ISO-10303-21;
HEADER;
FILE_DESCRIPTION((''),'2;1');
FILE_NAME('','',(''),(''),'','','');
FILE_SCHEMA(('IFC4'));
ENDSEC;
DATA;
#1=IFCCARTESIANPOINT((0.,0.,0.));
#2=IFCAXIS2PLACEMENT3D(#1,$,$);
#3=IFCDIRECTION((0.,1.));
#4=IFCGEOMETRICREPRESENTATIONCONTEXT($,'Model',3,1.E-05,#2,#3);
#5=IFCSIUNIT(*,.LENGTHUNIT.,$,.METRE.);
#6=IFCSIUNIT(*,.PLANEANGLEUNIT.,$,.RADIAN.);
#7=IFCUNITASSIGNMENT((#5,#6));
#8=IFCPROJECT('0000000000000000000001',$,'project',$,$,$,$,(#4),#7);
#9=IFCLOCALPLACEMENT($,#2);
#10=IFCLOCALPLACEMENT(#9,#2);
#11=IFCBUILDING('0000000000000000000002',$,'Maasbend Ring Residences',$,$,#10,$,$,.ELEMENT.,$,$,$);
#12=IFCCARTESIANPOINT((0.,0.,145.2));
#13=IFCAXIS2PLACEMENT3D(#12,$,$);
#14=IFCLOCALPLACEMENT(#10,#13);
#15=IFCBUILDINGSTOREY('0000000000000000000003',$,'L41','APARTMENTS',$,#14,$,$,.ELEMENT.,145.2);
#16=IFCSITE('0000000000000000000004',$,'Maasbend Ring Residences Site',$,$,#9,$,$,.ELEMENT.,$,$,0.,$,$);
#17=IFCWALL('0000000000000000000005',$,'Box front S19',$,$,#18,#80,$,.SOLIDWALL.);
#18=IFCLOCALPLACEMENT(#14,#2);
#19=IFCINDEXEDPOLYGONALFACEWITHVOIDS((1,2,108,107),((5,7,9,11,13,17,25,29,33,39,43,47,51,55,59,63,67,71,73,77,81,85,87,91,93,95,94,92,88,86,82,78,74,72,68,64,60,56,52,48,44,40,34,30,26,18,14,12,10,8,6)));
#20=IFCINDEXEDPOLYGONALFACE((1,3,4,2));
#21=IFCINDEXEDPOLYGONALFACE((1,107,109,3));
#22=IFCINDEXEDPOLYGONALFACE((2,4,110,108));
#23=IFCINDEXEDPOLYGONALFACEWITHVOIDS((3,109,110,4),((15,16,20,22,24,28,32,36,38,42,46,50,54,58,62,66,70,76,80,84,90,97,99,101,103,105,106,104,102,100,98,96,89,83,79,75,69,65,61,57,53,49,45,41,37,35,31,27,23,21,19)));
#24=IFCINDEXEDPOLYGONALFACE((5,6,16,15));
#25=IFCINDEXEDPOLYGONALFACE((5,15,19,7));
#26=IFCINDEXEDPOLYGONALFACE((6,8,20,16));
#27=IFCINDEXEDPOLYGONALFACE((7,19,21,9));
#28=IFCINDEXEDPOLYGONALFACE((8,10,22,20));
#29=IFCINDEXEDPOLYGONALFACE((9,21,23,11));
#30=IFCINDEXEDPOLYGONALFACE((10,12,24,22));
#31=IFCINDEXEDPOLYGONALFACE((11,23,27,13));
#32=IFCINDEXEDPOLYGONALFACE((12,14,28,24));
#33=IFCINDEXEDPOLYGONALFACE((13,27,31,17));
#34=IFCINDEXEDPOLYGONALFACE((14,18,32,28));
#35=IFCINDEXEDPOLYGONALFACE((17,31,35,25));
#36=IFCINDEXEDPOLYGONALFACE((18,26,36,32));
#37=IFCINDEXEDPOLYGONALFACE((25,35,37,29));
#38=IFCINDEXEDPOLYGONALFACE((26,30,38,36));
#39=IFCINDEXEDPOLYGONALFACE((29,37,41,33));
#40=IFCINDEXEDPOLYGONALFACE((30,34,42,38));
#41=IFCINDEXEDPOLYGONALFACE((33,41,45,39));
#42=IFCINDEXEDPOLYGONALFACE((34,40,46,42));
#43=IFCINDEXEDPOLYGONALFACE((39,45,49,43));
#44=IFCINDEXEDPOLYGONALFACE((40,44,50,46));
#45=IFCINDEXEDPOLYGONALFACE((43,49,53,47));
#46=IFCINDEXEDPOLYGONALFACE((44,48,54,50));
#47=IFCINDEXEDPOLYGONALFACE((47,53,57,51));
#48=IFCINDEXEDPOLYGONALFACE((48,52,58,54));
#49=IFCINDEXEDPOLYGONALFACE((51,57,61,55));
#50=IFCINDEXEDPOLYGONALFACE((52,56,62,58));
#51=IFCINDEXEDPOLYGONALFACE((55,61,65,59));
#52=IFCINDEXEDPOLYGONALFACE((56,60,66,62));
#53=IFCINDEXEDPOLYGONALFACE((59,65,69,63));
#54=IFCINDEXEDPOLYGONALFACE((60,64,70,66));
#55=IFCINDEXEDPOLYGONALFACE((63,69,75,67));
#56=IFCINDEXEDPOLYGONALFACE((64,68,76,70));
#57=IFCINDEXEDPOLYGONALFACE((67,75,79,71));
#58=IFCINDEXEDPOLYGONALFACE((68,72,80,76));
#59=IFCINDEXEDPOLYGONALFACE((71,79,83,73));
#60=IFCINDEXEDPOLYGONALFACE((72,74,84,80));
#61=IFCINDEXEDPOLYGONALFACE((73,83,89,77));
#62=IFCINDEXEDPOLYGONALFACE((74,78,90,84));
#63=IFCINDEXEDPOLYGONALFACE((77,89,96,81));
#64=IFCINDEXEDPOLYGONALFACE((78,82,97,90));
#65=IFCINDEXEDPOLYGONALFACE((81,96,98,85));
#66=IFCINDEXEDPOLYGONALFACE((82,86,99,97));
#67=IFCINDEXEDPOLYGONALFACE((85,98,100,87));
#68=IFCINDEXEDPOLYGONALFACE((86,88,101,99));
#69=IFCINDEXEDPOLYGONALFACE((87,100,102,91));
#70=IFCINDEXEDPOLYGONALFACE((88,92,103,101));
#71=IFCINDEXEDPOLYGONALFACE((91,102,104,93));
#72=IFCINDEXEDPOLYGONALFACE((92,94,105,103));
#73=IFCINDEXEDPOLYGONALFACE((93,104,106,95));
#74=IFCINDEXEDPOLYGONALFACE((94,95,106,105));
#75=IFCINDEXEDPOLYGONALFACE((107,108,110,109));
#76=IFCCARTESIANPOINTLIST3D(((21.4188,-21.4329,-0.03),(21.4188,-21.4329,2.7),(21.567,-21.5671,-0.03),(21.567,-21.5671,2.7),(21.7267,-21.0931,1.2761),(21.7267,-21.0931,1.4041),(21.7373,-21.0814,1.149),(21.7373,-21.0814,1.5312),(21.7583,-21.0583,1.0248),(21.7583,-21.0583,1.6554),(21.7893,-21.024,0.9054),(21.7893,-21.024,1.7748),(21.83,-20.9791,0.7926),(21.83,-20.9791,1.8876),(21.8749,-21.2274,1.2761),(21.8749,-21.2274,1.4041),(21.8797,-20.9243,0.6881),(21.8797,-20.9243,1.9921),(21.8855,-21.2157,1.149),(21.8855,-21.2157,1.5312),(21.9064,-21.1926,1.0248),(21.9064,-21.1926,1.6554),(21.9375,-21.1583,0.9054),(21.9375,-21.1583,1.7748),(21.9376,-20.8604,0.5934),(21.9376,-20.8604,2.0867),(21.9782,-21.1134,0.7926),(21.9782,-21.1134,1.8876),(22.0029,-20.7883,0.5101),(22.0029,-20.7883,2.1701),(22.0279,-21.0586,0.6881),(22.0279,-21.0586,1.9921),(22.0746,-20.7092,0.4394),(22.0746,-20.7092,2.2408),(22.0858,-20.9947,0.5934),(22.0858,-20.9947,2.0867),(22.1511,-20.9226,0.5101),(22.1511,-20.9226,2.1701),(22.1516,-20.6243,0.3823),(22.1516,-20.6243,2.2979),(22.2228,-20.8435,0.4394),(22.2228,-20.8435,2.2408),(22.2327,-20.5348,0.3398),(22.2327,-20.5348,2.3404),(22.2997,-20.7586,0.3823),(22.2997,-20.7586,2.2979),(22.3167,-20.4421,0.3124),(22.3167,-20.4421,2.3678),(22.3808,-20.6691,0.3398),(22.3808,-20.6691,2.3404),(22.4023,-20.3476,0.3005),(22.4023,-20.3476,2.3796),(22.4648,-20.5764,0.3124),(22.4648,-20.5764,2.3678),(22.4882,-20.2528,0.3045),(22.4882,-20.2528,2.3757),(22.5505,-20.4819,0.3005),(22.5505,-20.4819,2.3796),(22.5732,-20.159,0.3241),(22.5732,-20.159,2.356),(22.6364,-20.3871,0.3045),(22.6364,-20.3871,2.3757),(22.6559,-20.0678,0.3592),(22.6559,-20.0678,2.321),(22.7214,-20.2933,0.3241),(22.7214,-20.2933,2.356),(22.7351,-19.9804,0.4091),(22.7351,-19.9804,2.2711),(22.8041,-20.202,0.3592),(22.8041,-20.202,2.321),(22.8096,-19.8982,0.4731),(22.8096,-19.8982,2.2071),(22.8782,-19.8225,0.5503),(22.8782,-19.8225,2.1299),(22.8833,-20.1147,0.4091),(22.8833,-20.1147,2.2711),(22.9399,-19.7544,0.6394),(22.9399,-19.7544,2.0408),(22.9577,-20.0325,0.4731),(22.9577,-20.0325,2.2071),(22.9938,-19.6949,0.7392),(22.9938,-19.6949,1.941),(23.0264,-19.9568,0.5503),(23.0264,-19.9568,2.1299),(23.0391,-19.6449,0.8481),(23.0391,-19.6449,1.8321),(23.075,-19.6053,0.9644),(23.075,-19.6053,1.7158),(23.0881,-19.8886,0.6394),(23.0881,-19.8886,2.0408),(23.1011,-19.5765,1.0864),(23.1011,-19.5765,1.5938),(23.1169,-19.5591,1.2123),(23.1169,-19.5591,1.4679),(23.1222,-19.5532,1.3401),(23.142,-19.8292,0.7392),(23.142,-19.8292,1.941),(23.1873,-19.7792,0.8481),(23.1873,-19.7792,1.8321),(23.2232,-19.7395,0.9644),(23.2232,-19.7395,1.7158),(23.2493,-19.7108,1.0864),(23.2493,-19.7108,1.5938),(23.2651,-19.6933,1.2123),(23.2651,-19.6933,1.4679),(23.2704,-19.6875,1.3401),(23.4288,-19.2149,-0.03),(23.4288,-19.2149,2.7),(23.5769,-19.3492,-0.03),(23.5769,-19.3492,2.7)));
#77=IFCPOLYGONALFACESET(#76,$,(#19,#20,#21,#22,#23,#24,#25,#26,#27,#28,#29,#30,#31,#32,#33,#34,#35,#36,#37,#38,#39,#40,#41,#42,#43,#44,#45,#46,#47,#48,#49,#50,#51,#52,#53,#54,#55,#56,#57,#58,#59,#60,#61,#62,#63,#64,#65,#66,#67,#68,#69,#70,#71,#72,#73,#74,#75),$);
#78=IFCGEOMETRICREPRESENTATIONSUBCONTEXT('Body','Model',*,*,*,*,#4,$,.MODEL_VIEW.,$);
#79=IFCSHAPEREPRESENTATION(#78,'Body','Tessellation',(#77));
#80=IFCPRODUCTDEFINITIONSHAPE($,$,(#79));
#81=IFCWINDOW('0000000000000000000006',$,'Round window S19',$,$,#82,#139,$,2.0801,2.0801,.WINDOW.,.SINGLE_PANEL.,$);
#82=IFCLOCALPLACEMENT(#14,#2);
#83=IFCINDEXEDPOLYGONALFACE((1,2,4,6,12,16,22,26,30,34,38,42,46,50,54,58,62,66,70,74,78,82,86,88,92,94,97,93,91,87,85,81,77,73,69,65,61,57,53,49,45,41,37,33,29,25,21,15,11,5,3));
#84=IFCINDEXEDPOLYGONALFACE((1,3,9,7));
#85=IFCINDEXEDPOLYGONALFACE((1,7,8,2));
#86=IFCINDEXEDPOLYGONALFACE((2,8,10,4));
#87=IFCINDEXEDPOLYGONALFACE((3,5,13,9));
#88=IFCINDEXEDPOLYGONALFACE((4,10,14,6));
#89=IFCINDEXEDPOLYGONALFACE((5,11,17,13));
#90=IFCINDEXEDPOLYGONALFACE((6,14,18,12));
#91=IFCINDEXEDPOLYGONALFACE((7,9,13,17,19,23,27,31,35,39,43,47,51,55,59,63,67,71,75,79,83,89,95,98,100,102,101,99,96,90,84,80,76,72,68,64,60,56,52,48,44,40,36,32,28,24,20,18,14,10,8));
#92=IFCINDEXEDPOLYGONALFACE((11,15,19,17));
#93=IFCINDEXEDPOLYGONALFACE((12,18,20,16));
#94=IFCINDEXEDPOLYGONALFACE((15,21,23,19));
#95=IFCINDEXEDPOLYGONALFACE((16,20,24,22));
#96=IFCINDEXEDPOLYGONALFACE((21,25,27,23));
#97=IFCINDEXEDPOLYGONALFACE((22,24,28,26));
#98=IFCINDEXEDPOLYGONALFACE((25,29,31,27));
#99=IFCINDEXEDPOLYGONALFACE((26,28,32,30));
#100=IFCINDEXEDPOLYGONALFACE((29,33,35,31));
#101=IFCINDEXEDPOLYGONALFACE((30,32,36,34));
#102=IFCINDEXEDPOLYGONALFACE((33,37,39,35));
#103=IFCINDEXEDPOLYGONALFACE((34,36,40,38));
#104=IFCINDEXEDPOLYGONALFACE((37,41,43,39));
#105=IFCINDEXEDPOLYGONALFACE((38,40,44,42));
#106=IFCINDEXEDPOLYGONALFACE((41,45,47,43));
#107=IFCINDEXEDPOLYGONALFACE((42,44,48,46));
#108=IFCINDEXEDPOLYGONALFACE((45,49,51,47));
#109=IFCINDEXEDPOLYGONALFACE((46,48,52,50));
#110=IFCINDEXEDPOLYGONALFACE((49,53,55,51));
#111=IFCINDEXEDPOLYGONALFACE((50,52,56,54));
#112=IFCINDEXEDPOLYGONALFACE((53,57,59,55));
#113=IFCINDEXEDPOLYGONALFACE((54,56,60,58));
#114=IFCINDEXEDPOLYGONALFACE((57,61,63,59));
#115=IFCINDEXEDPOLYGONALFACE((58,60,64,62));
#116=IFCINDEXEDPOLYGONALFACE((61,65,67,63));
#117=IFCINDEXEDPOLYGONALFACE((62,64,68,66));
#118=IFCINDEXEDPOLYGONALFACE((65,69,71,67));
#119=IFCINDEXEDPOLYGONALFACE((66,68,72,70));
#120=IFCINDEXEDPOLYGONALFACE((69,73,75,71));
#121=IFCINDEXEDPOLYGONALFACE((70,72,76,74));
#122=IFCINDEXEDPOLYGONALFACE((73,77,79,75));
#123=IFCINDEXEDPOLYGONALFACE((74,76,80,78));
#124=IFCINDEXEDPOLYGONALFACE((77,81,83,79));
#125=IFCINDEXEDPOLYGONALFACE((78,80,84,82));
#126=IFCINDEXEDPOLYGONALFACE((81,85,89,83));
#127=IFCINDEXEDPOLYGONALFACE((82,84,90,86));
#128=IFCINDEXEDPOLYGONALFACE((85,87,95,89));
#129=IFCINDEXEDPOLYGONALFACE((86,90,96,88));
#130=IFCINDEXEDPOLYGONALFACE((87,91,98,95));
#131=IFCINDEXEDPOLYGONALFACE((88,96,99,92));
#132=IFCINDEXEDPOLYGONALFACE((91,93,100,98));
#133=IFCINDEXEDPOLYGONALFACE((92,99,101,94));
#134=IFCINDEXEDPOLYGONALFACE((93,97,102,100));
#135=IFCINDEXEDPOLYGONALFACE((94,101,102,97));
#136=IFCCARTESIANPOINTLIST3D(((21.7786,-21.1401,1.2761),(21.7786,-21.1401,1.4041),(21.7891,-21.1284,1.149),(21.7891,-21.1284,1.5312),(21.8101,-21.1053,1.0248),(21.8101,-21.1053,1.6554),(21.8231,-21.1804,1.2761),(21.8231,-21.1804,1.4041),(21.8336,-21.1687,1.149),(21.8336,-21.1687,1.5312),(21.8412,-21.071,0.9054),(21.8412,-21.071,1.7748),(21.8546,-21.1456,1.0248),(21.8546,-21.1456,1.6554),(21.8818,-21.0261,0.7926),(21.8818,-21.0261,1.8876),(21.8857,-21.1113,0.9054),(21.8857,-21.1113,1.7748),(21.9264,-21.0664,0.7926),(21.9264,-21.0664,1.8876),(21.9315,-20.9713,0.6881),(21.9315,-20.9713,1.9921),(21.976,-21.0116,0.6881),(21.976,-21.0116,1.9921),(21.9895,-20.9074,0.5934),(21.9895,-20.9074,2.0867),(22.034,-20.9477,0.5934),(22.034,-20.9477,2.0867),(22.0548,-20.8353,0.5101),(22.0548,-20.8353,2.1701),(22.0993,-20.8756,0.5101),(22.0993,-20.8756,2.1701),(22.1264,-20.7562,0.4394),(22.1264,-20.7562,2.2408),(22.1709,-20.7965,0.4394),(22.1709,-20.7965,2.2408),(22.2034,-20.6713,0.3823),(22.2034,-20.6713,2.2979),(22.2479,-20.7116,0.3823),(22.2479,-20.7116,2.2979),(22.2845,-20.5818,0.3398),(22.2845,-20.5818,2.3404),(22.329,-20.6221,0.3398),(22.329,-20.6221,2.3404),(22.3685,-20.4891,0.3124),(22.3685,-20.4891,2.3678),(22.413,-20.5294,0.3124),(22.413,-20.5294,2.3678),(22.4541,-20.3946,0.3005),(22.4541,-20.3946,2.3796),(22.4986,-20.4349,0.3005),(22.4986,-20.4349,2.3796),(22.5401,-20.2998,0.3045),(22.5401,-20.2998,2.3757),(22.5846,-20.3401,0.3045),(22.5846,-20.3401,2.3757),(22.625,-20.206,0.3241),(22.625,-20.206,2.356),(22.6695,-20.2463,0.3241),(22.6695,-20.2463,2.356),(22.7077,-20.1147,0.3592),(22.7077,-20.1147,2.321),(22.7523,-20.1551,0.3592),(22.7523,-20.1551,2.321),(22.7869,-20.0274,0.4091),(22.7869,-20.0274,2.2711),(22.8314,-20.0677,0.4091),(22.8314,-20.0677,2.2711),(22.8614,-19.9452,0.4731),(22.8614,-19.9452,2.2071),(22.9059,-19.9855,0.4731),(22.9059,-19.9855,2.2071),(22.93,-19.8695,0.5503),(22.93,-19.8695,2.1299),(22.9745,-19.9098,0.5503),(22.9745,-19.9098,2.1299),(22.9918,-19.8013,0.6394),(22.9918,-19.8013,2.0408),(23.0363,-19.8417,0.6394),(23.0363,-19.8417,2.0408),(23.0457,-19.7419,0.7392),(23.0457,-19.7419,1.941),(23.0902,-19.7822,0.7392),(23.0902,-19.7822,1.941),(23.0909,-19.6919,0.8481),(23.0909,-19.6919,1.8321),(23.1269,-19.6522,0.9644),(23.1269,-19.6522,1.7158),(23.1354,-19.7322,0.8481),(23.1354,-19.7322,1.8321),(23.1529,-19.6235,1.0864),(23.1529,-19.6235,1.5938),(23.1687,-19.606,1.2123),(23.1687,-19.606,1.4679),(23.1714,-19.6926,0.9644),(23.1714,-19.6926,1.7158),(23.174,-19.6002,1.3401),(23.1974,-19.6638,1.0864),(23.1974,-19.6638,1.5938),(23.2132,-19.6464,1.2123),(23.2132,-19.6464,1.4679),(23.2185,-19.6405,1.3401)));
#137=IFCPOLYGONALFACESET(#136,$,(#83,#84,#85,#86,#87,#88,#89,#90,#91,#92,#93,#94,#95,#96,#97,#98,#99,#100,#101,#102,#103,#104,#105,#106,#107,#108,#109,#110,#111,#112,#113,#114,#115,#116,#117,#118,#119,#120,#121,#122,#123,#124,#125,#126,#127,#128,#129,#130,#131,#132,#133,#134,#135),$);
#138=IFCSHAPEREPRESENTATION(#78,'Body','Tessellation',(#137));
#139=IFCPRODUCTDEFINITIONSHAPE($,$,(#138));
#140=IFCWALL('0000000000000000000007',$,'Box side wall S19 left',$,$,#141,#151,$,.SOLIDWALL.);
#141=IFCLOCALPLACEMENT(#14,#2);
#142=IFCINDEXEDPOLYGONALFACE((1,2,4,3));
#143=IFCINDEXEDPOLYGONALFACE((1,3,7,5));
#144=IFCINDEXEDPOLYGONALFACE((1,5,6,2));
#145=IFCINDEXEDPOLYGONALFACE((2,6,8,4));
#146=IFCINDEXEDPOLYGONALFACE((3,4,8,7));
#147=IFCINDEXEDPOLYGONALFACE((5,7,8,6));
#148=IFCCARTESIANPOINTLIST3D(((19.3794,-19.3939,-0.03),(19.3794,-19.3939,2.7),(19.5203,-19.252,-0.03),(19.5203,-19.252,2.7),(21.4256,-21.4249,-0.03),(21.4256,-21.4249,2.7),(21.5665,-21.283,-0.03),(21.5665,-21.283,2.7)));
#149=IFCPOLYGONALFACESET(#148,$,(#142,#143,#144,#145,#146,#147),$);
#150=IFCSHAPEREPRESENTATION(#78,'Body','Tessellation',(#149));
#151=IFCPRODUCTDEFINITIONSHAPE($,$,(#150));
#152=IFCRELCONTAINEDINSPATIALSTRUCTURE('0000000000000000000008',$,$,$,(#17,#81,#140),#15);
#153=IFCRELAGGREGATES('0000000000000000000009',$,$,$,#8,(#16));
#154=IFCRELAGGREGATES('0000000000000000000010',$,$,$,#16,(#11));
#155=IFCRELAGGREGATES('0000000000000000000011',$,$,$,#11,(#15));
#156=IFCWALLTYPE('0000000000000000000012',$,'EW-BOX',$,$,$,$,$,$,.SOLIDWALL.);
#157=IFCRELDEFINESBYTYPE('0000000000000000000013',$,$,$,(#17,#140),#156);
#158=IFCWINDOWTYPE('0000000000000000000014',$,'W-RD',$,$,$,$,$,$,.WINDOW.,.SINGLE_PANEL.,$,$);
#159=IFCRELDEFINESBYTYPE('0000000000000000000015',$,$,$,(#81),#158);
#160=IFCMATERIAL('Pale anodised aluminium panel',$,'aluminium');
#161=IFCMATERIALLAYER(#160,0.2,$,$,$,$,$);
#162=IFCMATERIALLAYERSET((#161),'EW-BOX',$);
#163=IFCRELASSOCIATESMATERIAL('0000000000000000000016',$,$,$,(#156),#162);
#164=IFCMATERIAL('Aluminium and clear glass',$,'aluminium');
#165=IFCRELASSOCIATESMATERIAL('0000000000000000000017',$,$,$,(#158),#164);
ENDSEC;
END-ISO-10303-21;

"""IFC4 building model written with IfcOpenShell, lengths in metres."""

from ifc_helpers import new_model, si_unit, direction, frame, frame_2d, origin, place, context, subcontext, project, spatial, rectangle, circle, extrude, material, layer, layer_set, type_object, element, fill, save


model = new_model("IFC4")

# Units and contexts
model_context = context("Model", 3, precision=1e-05, world=origin(), true_north=direction((0.0, 1.0)))
body_context = subcontext(model_context, "Body", "Model", "MODEL_VIEW")
ifc_project = project(units=[si_unit("LENGTHUNIT", "METRE"), si_unit("PLANEANGLEUNIT", "RADIAN")], contexts=[model_context])

# Site, building, storey
site_placement = place(None, origin())
site = spatial("IfcSite", under=ifc_project, at=site_placement, Name="Maasbend Ring Residences Site", CompositionType="ELEMENT", RefElevation=0.0)
building_placement = place(site_placement, origin())
building = spatial("IfcBuilding", under=site, at=building_placement, Name="Maasbend Ring Residences", CompositionType="ELEMENT")
storey_placement = place(building_placement, frame((0.0, 0.0, 145.2)))
storey = spatial("IfcBuildingStorey", under=building, at=storey_placement, Name="L41", Description="APARTMENTS", CompositionType="ELEMENT", Elevation=145.2)

# Shared definitions
ifc_material_1 = material(Name="Pale anodised aluminium panel", Category="aluminium")
ifc_layer_1 = layer(ifc_material_1, 0.2)
ifc_layer_set_1 = layer_set([ifc_layer_1], Name="EW-BOX")
wall_type_1 = type_object("IfcWallType", Name="EW-BOX", PredefinedType="SOLIDWALL", material=ifc_layer_set_1)
ifc_material_2 = material(Name="Aluminium and clear glass", Category="aluminium")
window_type_1 = type_object("IfcWindowType", Name="W-RD", PartitioningType="SINGLE_PANEL", PredefinedType="WINDOW", material=ifc_material_2)

# Wall, opening, window
wall_1_placement = place(storey_placement, frame((21.4929, -21.5, -0.03), z_axis=(0.0, 0.0, 1.0), x_axis=(0.671507, 0.740998, 0.0)))
wall_1 = element("IfcWall", 1, at=wall_1_placement, inside=storey, type_object=wall_type_1, Name="Box front S19", PredefinedType="SOLIDWALL", context=body_context, shape_type="SweptSolid", body=[
    extrude(rectangle(XDim=2.9932, YDim=0.2, at=frame_2d((1.4966, 0.0))), origin(), (0.0, 0.0, 1.0), 2.73),
])
opening_1_placement = place(wall_1_placement, frame((0.4565, 0.0, 0.3301)))
opening_1 = element("IfcOpeningElement", 2, at=opening_1_placement, cuts=wall_1, PredefinedType="OPENING", context=body_context, shape_type="SweptSolid", body=[
    extrude(circle(Radius=1.04, at=frame_2d((1.04, 1.04))), frame((0.0, 0.1099, 0.0), z_axis=(0.0, -1.0, 0.0), x_axis=(1.0, 0.0, 0.0)), (0.0, 0.0, 1.0), 0.22),
])
window_1_placement = place(opening_1_placement, origin())
window_1 = element("IfcWindow", 3, at=window_1_placement, inside=storey, type_object=window_type_1, Name="Round window S19", OverallHeight=2.0801, OverallWidth=2.0801, PartitioningType="SINGLE_PANEL", PredefinedType="WINDOW", context=body_context, shape_type="SweptSolid", body=[
    extrude(circle(Radius=1.04, at=frame_2d((1.04, 1.04))), frame((0.0, 0.03, 0.0), z_axis=(0.0, -1.0, 0.0), x_axis=(1.0, 0.0, 0.0)), (0.0, 0.0, 1.0), 0.0601),
])
fill(opening_1, window_1)

# Wall
wall_2_placement = place(storey_placement, frame((19.45, -19.323, -0.03), z_axis=(0.0, 0.0, 1.0), x_axis=(0.709727, -0.704477, 0.0)))
element("IfcWall", 4, at=wall_2_placement, inside=storey, type_object=wall_type_1, Name="Box side wall S19 left", PredefinedType="SOLIDWALL", context=body_context, shape_type="SweptSolid", body=[
    extrude(rectangle(XDim=2.8831, YDim=0.2, at=frame_2d((1.4414, 0.0))), origin(), (0.0, 0.0, 1.0), 2.73),
])

save(model, "model.ifc")
